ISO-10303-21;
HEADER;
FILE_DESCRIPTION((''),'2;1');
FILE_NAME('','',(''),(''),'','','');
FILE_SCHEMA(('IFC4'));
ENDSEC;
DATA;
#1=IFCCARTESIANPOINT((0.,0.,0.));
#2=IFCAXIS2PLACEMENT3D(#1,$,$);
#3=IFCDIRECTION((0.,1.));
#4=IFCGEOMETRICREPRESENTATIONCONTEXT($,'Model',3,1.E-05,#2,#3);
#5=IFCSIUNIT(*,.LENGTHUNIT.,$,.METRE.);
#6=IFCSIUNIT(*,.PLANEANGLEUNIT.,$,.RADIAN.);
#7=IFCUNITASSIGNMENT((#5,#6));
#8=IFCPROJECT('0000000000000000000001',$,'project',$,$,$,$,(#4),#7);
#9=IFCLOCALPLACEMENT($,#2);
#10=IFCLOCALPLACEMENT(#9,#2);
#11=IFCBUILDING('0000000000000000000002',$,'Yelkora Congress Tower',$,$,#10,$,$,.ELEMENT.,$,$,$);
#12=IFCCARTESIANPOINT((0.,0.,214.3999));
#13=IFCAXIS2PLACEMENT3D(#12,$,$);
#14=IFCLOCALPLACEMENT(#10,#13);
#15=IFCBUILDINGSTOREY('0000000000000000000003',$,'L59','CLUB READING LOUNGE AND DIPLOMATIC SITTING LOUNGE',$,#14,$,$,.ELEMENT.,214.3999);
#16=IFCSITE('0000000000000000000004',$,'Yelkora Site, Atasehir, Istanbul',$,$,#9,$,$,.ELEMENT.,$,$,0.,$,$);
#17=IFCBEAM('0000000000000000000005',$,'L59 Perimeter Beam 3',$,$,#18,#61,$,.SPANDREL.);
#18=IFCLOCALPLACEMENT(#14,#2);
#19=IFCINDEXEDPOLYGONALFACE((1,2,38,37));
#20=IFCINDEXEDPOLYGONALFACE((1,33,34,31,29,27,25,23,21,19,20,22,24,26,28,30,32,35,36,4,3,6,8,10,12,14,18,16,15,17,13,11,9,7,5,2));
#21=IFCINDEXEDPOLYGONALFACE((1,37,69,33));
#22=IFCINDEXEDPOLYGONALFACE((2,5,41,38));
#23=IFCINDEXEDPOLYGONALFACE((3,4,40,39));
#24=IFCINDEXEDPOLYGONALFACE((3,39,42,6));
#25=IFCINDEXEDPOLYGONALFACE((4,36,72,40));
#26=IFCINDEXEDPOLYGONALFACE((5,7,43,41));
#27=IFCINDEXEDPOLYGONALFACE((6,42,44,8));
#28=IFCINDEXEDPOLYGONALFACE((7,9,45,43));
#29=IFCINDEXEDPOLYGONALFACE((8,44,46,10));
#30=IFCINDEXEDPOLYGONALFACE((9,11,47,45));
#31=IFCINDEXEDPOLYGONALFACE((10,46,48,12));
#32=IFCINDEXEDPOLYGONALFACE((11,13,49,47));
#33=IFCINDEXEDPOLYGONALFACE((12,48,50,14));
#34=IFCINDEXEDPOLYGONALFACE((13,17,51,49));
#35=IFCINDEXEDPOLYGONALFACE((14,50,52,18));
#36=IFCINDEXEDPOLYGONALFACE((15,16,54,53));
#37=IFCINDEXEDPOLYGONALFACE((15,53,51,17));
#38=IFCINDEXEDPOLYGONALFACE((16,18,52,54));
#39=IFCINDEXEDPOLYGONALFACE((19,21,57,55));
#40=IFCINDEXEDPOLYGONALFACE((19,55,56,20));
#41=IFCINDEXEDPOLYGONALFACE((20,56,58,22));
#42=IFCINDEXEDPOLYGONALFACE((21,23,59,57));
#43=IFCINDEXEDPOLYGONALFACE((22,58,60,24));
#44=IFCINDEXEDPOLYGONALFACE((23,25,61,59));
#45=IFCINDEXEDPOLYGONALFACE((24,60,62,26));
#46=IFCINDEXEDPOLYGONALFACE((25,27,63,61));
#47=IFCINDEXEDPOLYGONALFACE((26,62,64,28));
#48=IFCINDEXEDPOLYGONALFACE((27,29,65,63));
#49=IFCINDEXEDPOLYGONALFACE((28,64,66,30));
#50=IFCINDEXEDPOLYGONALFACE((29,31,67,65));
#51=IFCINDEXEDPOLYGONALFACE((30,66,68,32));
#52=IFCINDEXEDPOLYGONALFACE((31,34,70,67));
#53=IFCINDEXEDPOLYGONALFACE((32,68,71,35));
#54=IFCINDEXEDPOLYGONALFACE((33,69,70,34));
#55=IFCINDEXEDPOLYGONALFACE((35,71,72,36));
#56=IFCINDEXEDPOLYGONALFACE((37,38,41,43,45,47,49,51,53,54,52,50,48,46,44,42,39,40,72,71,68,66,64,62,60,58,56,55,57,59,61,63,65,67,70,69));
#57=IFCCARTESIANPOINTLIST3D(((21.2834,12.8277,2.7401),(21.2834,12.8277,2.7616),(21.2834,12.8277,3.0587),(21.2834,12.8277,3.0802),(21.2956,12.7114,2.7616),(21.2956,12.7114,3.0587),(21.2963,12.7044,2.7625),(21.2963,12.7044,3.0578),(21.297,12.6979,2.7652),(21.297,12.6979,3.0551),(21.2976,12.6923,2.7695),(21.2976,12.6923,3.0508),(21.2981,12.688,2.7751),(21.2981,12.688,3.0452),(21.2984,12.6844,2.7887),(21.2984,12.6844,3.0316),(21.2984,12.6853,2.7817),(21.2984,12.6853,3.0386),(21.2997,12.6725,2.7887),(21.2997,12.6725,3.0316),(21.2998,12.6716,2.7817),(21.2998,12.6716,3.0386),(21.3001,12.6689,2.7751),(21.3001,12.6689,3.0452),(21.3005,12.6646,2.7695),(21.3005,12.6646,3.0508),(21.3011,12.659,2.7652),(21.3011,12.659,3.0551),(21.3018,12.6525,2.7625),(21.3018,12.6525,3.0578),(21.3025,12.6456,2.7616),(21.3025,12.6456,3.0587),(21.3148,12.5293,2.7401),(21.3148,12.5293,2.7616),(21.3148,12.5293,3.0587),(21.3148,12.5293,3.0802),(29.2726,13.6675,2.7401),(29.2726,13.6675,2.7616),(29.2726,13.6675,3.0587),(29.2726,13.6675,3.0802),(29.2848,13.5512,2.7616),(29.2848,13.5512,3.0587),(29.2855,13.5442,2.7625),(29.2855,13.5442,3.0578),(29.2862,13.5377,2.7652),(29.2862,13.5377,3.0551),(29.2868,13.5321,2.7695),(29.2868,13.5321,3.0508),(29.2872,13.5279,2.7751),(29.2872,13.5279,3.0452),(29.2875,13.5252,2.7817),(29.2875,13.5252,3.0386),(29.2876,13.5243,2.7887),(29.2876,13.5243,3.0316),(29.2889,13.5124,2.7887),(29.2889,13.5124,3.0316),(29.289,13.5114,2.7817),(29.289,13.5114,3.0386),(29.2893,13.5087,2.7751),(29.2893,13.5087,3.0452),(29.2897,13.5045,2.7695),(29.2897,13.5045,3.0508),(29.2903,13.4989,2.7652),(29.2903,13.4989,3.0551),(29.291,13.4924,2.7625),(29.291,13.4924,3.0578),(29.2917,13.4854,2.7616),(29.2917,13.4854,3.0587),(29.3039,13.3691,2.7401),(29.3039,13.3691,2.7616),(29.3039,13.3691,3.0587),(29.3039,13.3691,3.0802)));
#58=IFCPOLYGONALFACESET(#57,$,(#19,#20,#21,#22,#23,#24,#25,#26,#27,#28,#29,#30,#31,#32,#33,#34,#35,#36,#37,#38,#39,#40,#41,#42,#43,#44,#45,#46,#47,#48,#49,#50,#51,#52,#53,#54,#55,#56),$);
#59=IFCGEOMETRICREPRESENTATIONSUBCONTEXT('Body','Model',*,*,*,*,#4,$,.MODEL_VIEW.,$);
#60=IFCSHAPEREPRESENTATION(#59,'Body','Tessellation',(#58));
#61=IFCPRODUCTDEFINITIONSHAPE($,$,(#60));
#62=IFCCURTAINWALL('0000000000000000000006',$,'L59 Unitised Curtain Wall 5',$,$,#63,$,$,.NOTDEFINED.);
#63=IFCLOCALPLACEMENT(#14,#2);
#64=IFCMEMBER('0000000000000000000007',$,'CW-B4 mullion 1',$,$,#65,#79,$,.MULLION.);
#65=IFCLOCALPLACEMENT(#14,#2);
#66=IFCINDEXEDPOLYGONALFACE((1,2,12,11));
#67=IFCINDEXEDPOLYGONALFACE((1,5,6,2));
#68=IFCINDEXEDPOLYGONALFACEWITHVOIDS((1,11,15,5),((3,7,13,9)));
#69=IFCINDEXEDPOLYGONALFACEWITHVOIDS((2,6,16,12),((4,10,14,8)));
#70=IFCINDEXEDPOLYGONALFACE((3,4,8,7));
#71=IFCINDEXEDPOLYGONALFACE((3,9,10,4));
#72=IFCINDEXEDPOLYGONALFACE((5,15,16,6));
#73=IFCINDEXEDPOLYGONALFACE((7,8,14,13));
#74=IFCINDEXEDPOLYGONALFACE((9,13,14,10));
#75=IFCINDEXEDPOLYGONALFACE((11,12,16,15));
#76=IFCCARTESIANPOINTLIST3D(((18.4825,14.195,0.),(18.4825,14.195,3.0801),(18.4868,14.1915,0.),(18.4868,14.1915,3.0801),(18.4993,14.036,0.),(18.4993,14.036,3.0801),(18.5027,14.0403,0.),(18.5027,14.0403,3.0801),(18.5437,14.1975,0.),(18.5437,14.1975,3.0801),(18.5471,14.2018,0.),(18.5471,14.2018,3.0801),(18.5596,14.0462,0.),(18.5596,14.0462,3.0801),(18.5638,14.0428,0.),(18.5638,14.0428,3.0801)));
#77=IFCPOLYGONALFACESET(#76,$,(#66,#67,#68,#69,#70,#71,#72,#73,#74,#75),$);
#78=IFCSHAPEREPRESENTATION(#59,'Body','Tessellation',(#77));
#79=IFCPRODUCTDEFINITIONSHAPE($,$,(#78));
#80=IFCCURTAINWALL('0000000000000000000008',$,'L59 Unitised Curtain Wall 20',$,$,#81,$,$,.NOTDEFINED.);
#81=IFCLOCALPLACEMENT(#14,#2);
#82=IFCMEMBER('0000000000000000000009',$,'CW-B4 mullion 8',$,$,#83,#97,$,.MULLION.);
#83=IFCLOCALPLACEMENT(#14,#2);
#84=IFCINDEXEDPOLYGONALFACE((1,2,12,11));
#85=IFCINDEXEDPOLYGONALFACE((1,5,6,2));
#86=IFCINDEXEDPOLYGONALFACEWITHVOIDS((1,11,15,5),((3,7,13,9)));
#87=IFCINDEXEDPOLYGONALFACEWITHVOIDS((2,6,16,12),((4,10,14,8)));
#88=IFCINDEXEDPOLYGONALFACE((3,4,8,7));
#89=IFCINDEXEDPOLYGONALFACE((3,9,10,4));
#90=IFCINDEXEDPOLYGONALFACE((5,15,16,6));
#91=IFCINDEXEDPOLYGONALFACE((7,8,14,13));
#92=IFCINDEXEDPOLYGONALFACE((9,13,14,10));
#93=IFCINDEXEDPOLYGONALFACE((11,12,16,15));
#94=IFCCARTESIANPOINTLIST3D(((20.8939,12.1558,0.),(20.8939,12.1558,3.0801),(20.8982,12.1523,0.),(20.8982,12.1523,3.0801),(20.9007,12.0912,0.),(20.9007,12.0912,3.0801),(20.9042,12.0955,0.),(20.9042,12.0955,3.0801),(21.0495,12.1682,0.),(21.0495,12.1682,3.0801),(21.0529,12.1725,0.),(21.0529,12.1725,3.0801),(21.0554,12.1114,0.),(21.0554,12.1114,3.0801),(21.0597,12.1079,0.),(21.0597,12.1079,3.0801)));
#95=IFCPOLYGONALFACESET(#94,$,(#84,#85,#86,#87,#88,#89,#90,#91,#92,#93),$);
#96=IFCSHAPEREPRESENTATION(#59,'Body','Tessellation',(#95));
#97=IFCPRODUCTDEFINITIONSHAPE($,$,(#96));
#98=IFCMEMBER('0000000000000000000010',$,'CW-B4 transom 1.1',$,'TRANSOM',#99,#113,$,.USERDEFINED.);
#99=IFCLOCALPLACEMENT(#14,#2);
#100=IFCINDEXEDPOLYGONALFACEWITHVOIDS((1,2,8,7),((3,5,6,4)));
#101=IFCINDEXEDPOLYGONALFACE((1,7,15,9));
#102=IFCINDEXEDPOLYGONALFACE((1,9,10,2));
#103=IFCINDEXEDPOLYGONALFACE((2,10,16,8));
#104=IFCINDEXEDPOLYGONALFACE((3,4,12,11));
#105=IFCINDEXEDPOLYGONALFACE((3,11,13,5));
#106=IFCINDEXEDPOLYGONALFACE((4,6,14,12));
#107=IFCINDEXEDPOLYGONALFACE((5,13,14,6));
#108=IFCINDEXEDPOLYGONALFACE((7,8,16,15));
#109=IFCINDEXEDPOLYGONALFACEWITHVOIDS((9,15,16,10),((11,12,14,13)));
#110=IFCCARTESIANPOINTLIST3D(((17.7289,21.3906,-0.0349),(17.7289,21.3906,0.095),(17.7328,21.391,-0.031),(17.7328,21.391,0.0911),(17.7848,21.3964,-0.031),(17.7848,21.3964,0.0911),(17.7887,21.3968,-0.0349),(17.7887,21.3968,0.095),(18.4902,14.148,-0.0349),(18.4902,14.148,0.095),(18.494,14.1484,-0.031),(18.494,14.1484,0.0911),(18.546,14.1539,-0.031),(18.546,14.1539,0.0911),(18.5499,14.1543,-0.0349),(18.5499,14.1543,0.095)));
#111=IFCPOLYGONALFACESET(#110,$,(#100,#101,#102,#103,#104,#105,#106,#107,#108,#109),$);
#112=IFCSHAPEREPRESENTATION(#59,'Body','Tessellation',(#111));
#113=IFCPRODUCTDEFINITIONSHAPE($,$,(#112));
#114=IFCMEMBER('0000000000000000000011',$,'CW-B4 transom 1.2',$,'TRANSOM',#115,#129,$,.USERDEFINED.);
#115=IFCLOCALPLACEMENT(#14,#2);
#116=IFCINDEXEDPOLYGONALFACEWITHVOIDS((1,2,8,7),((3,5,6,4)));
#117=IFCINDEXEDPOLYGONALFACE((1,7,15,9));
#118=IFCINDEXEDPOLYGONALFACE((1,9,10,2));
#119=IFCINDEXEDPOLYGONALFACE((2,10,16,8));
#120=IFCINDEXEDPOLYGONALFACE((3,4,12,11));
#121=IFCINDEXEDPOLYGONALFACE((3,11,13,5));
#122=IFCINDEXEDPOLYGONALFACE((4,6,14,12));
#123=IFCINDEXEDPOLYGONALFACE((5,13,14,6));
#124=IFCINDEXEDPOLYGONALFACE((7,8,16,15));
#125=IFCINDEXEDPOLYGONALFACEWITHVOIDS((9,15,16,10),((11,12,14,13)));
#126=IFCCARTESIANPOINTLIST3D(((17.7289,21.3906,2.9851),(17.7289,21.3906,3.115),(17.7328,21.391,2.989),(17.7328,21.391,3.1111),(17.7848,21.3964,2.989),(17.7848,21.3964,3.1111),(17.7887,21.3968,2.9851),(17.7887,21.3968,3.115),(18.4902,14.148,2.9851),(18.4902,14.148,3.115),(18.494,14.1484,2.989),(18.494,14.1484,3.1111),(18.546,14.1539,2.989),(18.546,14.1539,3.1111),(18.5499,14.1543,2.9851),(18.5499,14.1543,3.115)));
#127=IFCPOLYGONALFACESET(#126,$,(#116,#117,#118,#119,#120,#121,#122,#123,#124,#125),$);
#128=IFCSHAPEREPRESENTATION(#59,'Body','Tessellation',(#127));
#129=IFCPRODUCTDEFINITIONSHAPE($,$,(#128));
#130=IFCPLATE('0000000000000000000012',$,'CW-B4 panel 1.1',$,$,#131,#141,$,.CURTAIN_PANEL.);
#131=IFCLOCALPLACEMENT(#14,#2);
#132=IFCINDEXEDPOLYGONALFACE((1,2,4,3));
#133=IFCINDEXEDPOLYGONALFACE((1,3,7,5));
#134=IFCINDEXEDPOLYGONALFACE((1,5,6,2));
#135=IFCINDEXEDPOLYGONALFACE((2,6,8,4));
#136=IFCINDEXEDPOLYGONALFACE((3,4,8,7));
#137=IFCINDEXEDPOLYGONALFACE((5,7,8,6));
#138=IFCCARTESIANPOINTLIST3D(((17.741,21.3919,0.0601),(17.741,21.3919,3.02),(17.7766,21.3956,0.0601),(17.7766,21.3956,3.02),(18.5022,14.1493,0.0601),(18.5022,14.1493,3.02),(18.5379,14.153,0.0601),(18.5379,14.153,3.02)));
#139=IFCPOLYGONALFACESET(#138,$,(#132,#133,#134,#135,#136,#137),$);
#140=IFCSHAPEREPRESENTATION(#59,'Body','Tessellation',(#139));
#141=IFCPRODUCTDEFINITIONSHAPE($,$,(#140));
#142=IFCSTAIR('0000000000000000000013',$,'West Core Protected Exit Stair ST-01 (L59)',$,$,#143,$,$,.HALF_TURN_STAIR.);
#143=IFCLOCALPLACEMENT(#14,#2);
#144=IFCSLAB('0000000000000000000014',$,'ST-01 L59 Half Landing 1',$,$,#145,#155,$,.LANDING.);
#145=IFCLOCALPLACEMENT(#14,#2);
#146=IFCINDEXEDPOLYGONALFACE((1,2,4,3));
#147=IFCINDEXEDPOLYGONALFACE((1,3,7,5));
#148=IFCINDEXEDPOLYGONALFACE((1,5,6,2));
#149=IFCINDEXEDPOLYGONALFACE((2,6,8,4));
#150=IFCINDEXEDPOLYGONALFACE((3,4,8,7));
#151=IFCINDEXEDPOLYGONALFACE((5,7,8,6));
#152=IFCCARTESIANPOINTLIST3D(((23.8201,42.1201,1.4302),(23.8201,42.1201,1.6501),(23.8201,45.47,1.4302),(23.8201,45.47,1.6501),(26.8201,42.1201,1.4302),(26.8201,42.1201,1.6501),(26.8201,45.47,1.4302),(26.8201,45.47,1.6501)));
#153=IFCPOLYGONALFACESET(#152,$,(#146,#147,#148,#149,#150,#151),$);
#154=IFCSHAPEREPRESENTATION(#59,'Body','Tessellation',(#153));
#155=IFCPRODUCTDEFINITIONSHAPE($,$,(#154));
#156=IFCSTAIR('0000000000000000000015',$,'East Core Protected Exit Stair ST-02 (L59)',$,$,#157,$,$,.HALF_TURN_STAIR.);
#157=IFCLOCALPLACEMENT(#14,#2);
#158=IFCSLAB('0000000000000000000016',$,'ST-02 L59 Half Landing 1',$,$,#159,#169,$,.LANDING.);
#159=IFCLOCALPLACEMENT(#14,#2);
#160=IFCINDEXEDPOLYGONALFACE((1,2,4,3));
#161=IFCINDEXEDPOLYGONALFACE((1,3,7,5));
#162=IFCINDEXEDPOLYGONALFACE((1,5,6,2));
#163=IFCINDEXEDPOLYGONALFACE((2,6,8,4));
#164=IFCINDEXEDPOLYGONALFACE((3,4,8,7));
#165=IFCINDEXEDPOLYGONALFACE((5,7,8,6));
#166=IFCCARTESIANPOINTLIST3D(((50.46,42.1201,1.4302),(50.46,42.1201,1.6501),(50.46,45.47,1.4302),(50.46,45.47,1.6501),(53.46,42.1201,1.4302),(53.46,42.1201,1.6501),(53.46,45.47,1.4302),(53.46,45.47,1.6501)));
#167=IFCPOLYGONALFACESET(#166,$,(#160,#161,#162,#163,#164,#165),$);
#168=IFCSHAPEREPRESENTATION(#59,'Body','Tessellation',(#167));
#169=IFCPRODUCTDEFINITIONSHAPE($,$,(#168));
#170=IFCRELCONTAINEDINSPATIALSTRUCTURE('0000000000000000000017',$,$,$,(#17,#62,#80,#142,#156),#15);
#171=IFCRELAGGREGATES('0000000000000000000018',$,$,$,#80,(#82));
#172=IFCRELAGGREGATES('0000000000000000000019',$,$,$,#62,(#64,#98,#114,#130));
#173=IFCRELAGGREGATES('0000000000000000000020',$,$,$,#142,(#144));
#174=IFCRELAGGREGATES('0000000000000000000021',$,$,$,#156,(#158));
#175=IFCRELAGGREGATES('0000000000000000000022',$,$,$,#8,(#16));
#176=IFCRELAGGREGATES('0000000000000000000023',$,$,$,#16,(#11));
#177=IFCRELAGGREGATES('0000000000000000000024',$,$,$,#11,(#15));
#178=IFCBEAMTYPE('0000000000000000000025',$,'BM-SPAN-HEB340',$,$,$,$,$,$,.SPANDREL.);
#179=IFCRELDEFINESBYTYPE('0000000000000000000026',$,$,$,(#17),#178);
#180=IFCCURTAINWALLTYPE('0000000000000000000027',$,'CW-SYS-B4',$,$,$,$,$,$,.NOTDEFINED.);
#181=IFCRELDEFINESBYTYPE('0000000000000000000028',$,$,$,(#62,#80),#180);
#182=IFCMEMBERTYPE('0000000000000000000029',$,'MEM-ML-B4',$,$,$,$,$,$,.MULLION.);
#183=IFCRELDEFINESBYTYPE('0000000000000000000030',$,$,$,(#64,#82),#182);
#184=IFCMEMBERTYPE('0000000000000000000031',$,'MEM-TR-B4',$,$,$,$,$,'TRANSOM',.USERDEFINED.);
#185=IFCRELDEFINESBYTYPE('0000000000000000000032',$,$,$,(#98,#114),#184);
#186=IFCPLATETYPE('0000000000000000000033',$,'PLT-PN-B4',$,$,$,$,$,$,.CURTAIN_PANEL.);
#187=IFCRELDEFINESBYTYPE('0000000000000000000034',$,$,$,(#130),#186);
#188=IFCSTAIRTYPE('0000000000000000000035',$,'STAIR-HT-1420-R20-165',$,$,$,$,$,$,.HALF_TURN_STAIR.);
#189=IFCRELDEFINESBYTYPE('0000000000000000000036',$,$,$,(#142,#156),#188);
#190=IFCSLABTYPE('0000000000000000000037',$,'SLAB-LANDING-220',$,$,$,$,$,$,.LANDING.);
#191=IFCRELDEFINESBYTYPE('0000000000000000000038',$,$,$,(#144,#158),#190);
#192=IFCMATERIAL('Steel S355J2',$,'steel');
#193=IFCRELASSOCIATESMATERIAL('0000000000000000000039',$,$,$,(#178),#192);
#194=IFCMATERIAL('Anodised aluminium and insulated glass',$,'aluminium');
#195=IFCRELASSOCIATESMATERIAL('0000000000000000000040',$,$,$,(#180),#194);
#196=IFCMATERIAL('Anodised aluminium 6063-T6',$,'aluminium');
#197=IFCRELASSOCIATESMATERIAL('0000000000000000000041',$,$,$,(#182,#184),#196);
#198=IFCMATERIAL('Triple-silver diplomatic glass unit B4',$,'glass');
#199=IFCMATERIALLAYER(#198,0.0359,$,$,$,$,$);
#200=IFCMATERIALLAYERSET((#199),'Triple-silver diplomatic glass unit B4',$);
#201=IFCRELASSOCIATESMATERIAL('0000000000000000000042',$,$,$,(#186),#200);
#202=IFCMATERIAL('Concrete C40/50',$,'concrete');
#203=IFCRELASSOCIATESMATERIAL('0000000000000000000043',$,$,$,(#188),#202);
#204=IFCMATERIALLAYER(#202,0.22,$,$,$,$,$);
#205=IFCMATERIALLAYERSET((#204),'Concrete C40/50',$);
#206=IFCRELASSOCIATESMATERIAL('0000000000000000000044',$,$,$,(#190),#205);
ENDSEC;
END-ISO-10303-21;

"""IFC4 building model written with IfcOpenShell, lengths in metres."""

from ifc_helpers import new_model, si_unit, direction, frame, origin, origin_2d, place, context, subcontext, project, spatial, polyline, rectangle, hollow_rectangle, i_section, outline, extrude, material, layer, layer_set, material_profile, profile_set, type_object, element, aggregate, save


model = new_model("IFC4")

# Units and contexts
model_context = context("Model", 3, precision=1e-05, world=origin(), true_north=direction((0.0, 1.0)))
body_context = subcontext(model_context, "Body", "Model", "MODEL_VIEW")
ifc_project = project(units=[si_unit("LENGTHUNIT", "METRE"), si_unit("PLANEANGLEUNIT", "RADIAN")], contexts=[model_context])

# Site, building, storey
site_placement = place(None, origin())
site = spatial("IfcSite", under=ifc_project, at=site_placement, Name="Yelkora Site, Atasehir, Istanbul", CompositionType="ELEMENT", RefElevation=0.0)
building_placement = place(site_placement, origin())
building = spatial("IfcBuilding", under=site, at=building_placement, Name="Yelkora Congress Tower", CompositionType="ELEMENT")
storey_placement = place(building_placement, frame((0.0, 0.0, 214.3999)))
storey = spatial("IfcBuildingStorey", under=building, at=storey_placement, Name="L59", Description="CLUB READING LOUNGE AND DIPLOMATIC SITTING LOUNGE", CompositionType="ELEMENT", Elevation=214.3999)

# Shared definitions
ifc_material_1 = material(Name="Steel S355J2", Category="steel")

# Beam
ifc_material_profile_1 = material_profile(ifc_material_1, i_section(OverallWidth=0.3, OverallDepth=0.3401, WebThickness=0.012, FlangeThickness=0.0215, FilletRadius=0.0271, at=origin_2d()), Name="HEB 340")
ifc_profile_set_1 = profile_set([ifc_material_profile_1], Name="Steel S355J2")
beam_type_1 = type_object("IfcBeamType", Name="BM-SPAN-HEB340", PredefinedType="SPANDREL", material=ifc_profile_set_1)
beam_1_placement = place(storey_placement, frame((21.2991, 12.6785, 2.9102), z_axis=(0.99452, 0.104546, 0.0), x_axis=(-0.104546, 0.99452, 0.0)))
element("IfcBeam", 1, at=beam_1_placement, inside=storey, type_object=beam_type_1, Name="L59 Perimeter Beam 3", PredefinedType="SPANDREL", context=body_context, shape_type="SweptSolid", body=[
    extrude(i_section(OverallWidth=0.3, OverallDepth=0.3401, WebThickness=0.012, FlangeThickness=0.0215, FilletRadius=0.0271, at=origin_2d()), origin(), (0.0, 0.0, 1.0), 8.0332),
])

# Curtain walls, members
ifc_material_2 = material(Name="Anodised aluminium and insulated glass", Category="aluminium")
curtain_wall_type = type_object("IfcCurtainWallType", Name="CW-SYS-B4", PredefinedType="NOTDEFINED", material=ifc_material_2)
curtain_wall_1_placement = place(storey_placement, origin())
curtain_wall_1 = element("IfcCurtainWall", 2, at=curtain_wall_1_placement, inside=storey, type_object=curtain_wall_type, Name="L59 Unitised Curtain Wall 5", PredefinedType="NOTDEFINED")
ifc_material_3 = material(Name="Anodised aluminium 6063-T6", Category="aluminium")
ifc_material_profile_2 = material_profile(ifc_material_3, hollow_rectangle(XDim=0.0649, YDim=0.1599, WallThickness=0.0039, at=origin_2d()), Name="ALU 65x160x4")
ifc_profile_set_2 = profile_set([ifc_material_profile_2], Name="Anodised aluminium 6063-T6")
member_type_1 = type_object("IfcMemberType", Name="MEM-ML-B4", PredefinedType="MULLION", material=ifc_profile_set_2)
member_1_placement = place(storey_placement, frame((18.5232, 14.1189, 0.0), z_axis=(0.0, 0.0, 1.0), x_axis=(-0.994522, -0.104526, 0.0)))
member_1 = element("IfcMember", 3, at=member_1_placement, type_object=member_type_1, Name="CW-B4 mullion 1", PredefinedType="MULLION", context=body_context, shape_type="SweptSolid", body=[
    extrude(hollow_rectangle(XDim=0.0649, YDim=0.1599, WallThickness=0.0039, at=origin_2d()), origin(), (0.0, 0.0, 1.0), 3.0801),
])
curtain_wall_2_placement = place(storey_placement, origin())
curtain_wall_2 = element("IfcCurtainWall", 4, at=curtain_wall_2_placement, inside=storey, type_object=curtain_wall_type, Name="L59 Unitised Curtain Wall 20", PredefinedType="NOTDEFINED")
member_2_placement = place(storey_placement, frame((20.9768, 12.1318, 0.0), z_axis=(0.0, 0.0, 1.0), x_axis=(0.104527, -0.994522, 0.0)))
member_2 = element("IfcMember", 5, at=member_2_placement, type_object=member_type_1, Name="CW-B4 mullion 8", PredefinedType="MULLION", context=body_context, shape_type="SweptSolid", body=[
    extrude(hollow_rectangle(XDim=0.0649, YDim=0.1599, WallThickness=0.0039, at=origin_2d()), origin(), (0.0, 0.0, 1.0), 3.0801),
])
aggregate(curtain_wall_2, [member_2])

# Members
ifc_material_profile_3 = material_profile(ifc_material_3, hollow_rectangle(XDim=0.0601, YDim=0.1299, WallThickness=0.0039, at=origin_2d()), Name="ALU 60x130x4")
ifc_profile_set_3 = profile_set([ifc_material_profile_3], Name="Anodised aluminium 6063-T6")
member_type_2 = type_object("IfcMemberType", Name="MEM-TR-B4", ElementType="TRANSOM", PredefinedType="USERDEFINED", material=ifc_profile_set_3)
member_3_placement = place(storey_placement, frame((18.52, 14.1511, 0.03), z_axis=(-0.104528, 0.994522, 0.0), x_axis=(-0.994522, -0.104528, 0.0)))
member_3 = element("IfcMember", 6, at=member_3_placement, type_object=member_type_2, Name="CW-B4 transom 1.1", ObjectType="TRANSOM", PredefinedType="USERDEFINED", context=body_context, shape_type="SweptSolid", body=[
    extrude(hollow_rectangle(XDim=0.0601, YDim=0.1299, WallThickness=0.0039, at=origin_2d()), origin(), (0.0, 0.0, 1.0), 7.2825),
])
member_4_placement = place(storey_placement, frame((18.52, 14.1511, 3.05), z_axis=(-0.104528, 0.994522, 0.0), x_axis=(-0.994522, -0.104528, 0.0)))
member_4 = element("IfcMember", 7, at=member_4_placement, type_object=member_type_2, Name="CW-B4 transom 1.2", ObjectType="TRANSOM", PredefinedType="USERDEFINED", context=body_context, shape_type="SweptSolid", body=[
    extrude(hollow_rectangle(XDim=0.0601, YDim=0.1299, WallThickness=0.0039, at=origin_2d()), origin(), (0.0, 0.0, 1.0), 7.2825),
])

# Plate
ifc_material_4 = material(Name="Triple-silver diplomatic glass unit B4", Category="glass")
ifc_layer_1 = layer(ifc_material_4, 0.0359)
ifc_layer_set_1 = layer_set([ifc_layer_1], Name="Triple-silver diplomatic glass unit B4")
plate_type = type_object("IfcPlateType", Name="PLT-PN-B4", PredefinedType="CURTAIN_PANEL", material=ifc_layer_set_1)
plate_placement = place(storey_placement, frame((18.1394, 17.7725, 0.0601), z_axis=(0.0, 0.0, 1.0), x_axis=(-0.104526, 0.994522, 0.0)))
plate = element("IfcPlate", 8, at=plate_placement, type_object=plate_type, Name="CW-B4 panel 1.1", PredefinedType="CURTAIN_PANEL", context=body_context, shape_type="SweptSolid", body=[
    extrude(rectangle(XDim=7.2825, YDim=0.0359, at=origin_2d()), origin(), (0.0, 0.0, 1.0), 2.96),
])
aggregate(curtain_wall_1, [member_1, member_3, member_4, plate])

# Stairs, slabs
ifc_material_5 = material(Name="Concrete C40/50", Category="concrete")
stair_type = type_object("IfcStairType", Name="STAIR-HT-1420-R20-165", PredefinedType="HALF_TURN_STAIR", material=ifc_material_5)
stair_1_placement = place(storey_placement, origin())
stair_1 = element("IfcStair", 9, at=stair_1_placement, inside=storey, type_object=stair_type, Name="West Core Protected Exit Stair ST-01 (L59)", PredefinedType="HALF_TURN_STAIR")
ifc_layer_2 = layer(ifc_material_5, 0.22)
ifc_layer_set_2 = layer_set([ifc_layer_2], Name="Concrete C40/50")
slab_type_1 = type_object("IfcSlabType", Name="SLAB-LANDING-220", PredefinedType="LANDING", material=ifc_layer_set_2)
slab_1_placement = place(storey_placement, frame((0.0, 0.0, 1.4302)))
slab_1 = element("IfcSlab", 10, at=slab_1_placement, type_object=slab_type_1, Name="ST-01 L59 Half Landing 1", PredefinedType="LANDING", context=body_context, shape_type="SweptSolid", body=[
    extrude(outline(polyline([(26.8201, 42.1201), (26.8201, 45.47), (23.8201, 45.47), (23.8201, 42.1201), (26.8201, 42.1201)])), origin(), (0.0, 0.0, 1.0), 0.22),
])
aggregate(stair_1, [slab_1])
stair_2_placement = place(storey_placement, origin())
stair_2 = element("IfcStair", 11, at=stair_2_placement, inside=storey, type_object=stair_type, Name="East Core Protected Exit Stair ST-02 (L59)", PredefinedType="HALF_TURN_STAIR")
slab_2_placement = place(storey_placement, frame((0.0, 0.0, 1.4302)))
slab_2 = element("IfcSlab", 12, at=slab_2_placement, type_object=slab_type_1, Name="ST-02 L59 Half Landing 1", PredefinedType="LANDING", context=body_context, shape_type="SweptSolid", body=[
    extrude(outline(polyline([(53.46, 42.1201), (53.46, 45.47), (50.46, 45.47), (50.46, 42.1201), (53.46, 42.1201)])), origin(), (0.0, 0.0, 1.0), 0.22),
])
aggregate(stair_2, [slab_2])

save(model, "model.ifc")
